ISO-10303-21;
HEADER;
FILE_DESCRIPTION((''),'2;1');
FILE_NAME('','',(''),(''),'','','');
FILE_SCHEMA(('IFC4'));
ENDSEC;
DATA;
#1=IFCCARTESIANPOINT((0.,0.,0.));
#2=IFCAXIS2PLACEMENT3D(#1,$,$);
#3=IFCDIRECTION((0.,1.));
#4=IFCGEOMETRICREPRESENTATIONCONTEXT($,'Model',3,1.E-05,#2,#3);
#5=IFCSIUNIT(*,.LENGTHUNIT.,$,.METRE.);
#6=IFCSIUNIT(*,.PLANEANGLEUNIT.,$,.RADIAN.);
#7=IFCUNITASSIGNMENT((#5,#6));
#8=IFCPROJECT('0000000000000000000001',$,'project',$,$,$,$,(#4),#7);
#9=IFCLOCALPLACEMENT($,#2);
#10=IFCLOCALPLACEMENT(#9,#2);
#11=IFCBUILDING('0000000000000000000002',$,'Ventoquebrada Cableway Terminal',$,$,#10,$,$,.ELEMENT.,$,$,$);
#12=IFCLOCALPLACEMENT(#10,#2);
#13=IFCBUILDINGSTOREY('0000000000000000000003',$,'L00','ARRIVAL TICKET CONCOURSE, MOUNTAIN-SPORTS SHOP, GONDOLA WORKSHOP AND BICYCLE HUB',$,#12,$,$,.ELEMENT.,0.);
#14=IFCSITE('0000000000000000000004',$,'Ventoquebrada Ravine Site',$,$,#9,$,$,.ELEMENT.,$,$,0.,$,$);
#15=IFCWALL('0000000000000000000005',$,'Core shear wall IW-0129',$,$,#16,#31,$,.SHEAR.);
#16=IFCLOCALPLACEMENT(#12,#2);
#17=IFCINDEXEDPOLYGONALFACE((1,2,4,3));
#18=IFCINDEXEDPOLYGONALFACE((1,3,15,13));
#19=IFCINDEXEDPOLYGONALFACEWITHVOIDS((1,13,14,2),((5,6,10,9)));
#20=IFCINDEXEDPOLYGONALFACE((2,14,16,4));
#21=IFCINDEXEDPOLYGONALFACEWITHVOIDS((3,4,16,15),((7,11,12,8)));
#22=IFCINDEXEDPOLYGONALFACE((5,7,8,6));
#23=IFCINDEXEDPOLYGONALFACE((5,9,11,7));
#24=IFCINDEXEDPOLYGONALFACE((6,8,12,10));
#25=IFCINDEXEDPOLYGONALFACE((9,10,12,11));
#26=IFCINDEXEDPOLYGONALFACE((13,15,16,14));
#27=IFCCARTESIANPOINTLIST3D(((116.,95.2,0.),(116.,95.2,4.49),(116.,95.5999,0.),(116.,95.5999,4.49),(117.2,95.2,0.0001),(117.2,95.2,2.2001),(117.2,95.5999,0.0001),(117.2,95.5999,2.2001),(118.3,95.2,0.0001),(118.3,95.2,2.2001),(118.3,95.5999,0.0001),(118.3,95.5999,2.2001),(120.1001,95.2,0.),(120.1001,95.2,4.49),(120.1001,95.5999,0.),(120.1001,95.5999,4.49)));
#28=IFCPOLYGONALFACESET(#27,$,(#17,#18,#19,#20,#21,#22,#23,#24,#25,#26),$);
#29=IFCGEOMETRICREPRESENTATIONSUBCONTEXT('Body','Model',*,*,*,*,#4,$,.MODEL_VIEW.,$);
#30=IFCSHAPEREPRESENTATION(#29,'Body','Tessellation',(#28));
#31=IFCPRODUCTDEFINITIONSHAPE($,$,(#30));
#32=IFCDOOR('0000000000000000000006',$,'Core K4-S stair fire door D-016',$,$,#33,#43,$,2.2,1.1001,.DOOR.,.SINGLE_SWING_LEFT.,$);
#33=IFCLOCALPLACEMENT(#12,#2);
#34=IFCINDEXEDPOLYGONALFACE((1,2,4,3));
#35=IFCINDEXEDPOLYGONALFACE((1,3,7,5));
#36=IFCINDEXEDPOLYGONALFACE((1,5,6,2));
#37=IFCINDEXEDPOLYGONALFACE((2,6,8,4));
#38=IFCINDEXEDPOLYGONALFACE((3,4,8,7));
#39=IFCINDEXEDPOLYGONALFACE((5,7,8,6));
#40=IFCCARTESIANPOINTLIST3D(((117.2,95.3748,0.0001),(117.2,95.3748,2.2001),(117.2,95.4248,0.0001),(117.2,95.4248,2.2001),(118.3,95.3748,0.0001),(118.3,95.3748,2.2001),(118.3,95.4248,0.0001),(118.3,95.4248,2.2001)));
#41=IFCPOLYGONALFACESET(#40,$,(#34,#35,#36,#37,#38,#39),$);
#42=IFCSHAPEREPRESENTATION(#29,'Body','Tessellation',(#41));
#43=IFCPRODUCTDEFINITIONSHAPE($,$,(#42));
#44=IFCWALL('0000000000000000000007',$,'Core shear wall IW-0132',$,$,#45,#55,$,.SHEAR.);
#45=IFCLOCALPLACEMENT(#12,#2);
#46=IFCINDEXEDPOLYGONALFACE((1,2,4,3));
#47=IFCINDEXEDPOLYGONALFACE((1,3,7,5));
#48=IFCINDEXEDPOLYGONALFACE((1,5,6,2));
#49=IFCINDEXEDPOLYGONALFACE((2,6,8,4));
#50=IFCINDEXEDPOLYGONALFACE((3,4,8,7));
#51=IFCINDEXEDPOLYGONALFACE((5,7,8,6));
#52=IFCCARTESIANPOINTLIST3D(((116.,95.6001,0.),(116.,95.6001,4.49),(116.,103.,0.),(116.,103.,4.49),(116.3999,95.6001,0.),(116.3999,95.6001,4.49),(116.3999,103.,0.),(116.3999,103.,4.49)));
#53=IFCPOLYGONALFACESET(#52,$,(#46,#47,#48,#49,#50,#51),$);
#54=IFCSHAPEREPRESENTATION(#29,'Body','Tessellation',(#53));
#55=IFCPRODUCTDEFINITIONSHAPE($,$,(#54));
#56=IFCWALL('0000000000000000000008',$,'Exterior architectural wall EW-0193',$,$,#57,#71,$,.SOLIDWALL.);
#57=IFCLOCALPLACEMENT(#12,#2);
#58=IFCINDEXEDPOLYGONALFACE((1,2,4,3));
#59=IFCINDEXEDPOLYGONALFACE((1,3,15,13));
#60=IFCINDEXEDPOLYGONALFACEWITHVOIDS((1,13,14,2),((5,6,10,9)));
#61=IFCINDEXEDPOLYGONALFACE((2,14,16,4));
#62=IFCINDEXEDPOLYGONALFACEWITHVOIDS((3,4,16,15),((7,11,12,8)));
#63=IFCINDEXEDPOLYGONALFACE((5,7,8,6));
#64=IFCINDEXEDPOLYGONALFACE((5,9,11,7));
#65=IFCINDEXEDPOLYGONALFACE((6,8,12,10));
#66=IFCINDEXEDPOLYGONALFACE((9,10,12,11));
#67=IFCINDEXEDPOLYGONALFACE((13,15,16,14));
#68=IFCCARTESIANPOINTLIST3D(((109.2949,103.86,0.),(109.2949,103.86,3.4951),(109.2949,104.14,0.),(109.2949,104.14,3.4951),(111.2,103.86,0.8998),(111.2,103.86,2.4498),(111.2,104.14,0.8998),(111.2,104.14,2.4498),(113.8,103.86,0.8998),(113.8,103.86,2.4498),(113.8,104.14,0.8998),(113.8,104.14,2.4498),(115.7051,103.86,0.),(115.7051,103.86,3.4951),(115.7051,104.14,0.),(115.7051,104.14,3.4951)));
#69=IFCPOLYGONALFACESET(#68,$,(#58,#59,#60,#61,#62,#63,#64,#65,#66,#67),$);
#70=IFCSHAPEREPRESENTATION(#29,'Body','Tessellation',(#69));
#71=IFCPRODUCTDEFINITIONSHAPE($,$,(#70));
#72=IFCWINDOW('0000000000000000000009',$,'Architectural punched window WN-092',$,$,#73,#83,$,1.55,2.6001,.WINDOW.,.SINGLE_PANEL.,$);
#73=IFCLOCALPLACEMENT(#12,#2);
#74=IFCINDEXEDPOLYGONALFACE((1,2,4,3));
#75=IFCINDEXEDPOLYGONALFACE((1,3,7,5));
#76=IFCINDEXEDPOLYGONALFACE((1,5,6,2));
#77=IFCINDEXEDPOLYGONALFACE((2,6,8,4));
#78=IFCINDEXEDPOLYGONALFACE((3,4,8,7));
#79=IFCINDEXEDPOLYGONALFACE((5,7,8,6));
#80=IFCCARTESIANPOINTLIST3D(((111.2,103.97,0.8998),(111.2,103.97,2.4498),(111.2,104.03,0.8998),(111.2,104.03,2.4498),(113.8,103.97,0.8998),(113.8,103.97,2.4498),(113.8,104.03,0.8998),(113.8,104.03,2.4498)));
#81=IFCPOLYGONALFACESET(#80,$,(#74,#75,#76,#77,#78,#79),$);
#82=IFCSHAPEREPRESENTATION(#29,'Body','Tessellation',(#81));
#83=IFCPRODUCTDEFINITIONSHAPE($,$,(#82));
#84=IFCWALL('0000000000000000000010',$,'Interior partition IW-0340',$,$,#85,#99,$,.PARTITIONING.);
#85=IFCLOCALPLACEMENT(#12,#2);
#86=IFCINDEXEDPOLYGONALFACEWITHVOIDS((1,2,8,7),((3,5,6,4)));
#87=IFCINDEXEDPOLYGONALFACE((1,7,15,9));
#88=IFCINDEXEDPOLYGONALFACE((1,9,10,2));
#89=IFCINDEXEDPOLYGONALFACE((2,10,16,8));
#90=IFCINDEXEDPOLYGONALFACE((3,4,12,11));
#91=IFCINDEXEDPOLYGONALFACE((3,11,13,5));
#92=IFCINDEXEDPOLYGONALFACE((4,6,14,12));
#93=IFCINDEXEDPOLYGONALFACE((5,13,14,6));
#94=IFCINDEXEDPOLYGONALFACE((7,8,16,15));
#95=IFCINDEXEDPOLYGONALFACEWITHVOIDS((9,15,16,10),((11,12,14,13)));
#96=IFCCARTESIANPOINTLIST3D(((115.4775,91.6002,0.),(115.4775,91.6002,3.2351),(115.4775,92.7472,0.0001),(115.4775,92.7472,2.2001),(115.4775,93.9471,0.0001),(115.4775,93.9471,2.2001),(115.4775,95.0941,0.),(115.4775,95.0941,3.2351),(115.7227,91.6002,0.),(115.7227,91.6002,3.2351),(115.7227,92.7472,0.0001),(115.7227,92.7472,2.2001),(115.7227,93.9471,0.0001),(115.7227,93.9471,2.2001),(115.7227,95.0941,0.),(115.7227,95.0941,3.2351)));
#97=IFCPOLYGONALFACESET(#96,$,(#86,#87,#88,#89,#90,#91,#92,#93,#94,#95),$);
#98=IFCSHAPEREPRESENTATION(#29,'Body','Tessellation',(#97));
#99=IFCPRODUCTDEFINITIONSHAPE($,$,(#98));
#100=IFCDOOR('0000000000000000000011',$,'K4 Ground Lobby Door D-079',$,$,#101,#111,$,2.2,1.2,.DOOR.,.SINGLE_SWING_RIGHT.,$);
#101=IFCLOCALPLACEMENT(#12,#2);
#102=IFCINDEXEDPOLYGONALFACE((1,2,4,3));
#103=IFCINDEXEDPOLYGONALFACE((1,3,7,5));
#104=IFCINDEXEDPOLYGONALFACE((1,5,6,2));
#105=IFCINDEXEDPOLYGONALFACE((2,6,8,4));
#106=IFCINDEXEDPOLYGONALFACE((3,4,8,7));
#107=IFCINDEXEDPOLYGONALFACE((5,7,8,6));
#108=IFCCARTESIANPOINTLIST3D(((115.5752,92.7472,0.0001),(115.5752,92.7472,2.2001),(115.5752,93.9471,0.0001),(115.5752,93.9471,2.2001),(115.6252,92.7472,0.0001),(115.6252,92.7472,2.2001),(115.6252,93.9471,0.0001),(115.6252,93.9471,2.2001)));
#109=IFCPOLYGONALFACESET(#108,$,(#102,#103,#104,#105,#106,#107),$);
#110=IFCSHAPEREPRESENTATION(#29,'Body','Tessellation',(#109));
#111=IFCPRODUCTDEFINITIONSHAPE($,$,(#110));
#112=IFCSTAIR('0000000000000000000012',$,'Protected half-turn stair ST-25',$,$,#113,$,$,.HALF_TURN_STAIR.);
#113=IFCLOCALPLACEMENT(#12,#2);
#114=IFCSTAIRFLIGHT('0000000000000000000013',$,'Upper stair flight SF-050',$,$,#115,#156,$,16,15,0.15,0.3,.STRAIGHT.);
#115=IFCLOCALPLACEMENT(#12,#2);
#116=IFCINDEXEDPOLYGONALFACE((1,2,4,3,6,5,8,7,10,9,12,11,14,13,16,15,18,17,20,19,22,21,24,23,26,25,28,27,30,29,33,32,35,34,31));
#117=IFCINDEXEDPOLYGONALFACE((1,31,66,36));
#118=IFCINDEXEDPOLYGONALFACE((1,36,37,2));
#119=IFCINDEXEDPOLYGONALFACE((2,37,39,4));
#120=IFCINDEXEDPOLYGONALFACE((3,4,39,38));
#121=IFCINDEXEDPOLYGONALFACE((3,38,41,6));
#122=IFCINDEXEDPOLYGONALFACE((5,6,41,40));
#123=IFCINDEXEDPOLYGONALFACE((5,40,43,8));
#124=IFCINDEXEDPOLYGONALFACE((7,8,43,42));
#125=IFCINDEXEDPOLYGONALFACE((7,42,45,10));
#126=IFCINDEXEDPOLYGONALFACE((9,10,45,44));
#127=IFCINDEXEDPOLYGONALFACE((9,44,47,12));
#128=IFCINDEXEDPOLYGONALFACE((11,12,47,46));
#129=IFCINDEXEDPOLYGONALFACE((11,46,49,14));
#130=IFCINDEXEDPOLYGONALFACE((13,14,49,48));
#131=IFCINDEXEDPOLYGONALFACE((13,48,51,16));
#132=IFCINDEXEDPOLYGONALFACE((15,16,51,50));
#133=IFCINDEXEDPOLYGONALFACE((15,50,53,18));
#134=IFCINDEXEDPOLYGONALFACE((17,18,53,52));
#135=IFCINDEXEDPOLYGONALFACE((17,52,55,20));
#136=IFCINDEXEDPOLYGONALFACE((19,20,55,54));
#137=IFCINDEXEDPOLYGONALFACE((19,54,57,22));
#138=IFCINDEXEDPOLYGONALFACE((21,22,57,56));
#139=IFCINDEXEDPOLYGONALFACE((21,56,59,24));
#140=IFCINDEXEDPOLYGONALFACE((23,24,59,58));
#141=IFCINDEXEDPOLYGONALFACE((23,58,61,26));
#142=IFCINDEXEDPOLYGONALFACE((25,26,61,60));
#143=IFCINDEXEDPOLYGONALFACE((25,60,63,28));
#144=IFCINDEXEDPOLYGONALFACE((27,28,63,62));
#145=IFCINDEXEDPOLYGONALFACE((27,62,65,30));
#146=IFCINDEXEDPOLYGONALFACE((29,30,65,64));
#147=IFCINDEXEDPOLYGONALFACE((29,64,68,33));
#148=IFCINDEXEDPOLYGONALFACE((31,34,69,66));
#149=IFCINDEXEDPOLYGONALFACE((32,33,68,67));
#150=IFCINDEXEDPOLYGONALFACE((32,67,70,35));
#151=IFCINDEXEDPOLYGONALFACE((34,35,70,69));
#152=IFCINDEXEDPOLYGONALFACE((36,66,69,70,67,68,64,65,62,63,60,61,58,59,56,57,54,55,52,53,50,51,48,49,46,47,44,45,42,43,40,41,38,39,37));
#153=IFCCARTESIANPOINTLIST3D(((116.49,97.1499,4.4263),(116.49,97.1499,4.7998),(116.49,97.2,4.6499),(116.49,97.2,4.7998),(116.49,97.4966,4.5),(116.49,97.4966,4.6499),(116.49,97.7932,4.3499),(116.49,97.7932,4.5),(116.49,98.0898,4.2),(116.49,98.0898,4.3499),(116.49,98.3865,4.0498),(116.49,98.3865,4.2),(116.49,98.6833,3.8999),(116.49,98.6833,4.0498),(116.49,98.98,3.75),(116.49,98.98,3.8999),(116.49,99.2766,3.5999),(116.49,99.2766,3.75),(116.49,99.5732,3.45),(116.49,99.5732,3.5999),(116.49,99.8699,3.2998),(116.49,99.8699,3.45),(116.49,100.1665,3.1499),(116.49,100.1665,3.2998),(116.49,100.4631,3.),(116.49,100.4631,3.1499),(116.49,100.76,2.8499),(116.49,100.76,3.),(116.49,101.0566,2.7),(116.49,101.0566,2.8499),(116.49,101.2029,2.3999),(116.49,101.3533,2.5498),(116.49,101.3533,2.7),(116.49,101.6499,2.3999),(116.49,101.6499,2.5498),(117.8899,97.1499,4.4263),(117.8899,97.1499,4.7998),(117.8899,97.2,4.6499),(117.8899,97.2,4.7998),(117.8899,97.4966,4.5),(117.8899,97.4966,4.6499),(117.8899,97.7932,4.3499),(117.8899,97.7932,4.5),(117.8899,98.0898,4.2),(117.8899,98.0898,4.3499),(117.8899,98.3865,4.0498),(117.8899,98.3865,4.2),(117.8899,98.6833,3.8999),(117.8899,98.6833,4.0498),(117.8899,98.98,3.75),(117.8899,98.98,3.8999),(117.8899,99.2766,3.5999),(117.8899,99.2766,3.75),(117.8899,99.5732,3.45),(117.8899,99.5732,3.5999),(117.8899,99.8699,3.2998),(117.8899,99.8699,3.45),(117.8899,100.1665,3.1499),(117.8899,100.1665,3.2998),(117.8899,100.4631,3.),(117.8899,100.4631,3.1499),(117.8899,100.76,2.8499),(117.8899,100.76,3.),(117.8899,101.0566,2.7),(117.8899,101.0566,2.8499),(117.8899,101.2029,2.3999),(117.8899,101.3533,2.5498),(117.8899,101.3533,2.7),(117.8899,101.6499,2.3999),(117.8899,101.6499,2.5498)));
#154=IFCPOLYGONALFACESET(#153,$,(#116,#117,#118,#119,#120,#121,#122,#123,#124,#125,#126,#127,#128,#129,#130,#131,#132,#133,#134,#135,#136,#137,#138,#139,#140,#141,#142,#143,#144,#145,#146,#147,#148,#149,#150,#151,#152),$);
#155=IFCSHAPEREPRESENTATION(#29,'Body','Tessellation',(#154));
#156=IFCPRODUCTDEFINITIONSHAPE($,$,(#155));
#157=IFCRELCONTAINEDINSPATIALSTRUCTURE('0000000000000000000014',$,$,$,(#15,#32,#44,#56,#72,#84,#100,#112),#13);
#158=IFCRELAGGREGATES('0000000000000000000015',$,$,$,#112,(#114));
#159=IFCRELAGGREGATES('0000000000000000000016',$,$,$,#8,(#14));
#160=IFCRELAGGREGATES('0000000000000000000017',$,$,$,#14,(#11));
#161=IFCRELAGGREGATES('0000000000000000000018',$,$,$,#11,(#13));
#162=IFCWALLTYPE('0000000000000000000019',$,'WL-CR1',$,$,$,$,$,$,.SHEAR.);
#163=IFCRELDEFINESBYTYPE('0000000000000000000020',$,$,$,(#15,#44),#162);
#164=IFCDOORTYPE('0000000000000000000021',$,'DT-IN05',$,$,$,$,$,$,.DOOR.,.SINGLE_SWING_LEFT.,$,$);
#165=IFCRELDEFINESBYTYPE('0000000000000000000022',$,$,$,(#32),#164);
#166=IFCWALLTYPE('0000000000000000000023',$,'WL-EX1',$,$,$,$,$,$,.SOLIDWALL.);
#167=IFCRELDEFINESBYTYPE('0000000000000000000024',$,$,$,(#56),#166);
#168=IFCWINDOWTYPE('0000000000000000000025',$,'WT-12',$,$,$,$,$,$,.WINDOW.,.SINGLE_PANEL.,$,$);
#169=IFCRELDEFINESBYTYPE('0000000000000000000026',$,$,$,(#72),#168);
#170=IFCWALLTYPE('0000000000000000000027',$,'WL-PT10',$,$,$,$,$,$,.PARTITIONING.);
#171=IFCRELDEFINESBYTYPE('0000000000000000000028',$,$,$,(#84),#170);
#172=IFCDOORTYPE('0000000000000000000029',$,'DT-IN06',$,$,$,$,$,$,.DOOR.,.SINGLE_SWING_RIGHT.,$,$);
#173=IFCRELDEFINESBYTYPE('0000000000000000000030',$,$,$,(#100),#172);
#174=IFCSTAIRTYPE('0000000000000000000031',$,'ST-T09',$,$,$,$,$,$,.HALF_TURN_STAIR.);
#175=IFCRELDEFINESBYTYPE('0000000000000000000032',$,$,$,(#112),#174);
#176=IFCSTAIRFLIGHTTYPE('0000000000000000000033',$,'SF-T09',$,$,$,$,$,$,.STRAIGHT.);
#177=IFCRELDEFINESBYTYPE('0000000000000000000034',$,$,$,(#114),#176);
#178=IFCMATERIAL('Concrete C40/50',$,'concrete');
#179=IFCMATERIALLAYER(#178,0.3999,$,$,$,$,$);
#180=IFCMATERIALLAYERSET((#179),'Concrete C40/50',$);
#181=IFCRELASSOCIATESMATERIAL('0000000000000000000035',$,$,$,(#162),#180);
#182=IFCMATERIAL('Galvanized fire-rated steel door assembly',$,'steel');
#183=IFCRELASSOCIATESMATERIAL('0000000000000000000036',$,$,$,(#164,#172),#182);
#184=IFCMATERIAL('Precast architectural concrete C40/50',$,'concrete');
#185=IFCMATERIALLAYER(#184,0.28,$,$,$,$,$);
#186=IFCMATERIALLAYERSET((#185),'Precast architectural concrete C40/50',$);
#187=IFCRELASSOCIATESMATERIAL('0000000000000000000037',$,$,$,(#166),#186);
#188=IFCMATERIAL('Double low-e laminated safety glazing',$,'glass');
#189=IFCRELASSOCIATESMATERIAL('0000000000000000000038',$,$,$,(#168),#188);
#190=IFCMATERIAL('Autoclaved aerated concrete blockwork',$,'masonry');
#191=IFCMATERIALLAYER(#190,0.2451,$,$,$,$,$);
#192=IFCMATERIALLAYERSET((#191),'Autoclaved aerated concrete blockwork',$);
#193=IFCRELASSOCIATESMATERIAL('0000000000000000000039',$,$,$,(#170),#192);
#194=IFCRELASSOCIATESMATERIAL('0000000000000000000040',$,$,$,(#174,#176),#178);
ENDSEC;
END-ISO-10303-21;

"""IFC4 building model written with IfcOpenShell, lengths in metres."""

from ifc_helpers import new_model, si_unit, direction, frame, frame_2d, origin, place, context, subcontext, project, spatial, polyline, rectangle, outline, extrude, material, layer, layer_set, type_object, element, fill, aggregate, save


model = new_model("IFC4")

# Units and contexts
model_context = context("Model", 3, precision=1e-05, world=origin(), true_north=direction((0.0, 1.0)))
body_context = subcontext(model_context, "Body", "Model", "MODEL_VIEW")
ifc_project = project(units=[si_unit("LENGTHUNIT", "METRE"), si_unit("PLANEANGLEUNIT", "RADIAN")], contexts=[model_context])

# Site, building, storey
site_placement = place(None, origin())
site = spatial("IfcSite", under=ifc_project, at=site_placement, Name="Ventoquebrada Ravine Site", CompositionType="ELEMENT", RefElevation=0.0)
building_placement = place(site_placement, origin())
building = spatial("IfcBuilding", under=site, at=building_placement, Name="Ventoquebrada Cableway Terminal", CompositionType="ELEMENT")
storey_placement = place(building_placement, origin())
storey = spatial("IfcBuildingStorey", under=building, at=storey_placement, Name="L00", Description="ARRIVAL TICKET CONCOURSE, MOUNTAIN-SPORTS SHOP, GONDOLA WORKSHOP AND BICYCLE HUB", CompositionType="ELEMENT", Elevation=0.0)

# Shared definitions
ifc_material_1 = material(Name="Concrete C40/50", Category="concrete")

# Wall, opening, door
ifc_layer_1 = layer(ifc_material_1, 0.3999)
ifc_layer_set_1 = layer_set([ifc_layer_1], Name="Concrete C40/50")
wall_type_1 = type_object("IfcWallType", Name="WL-CR1", PredefinedType="SHEAR", material=ifc_layer_set_1)
wall_1_placement = place(storey_placement, frame((116.0, 95.3999, 0.0), z_axis=(0.0, 0.0, 1.0), x_axis=(1.0, 0.0, 0.0)))
wall_1 = element("IfcWall", 1, at=wall_1_placement, inside=storey, type_object=wall_type_1, Name="Core shear wall IW-0129", PredefinedType="SHEAR", context=body_context, shape_type="SweptSolid", body=[
    extrude(rectangle(XDim=4.1001, YDim=0.3999, at=frame_2d((2.05, 0.0))), origin(), (0.0, 0.0, 1.0), 4.49),
])
opening_1_placement = place(wall_1_placement, frame((1.2, 0.0, 0.0)))
opening_1 = element("IfcOpeningElement", 2, at=opening_1_placement, cuts=wall_1, PredefinedType="OPENING", context=body_context, shape_type="SweptSolid", body=[
    extrude(rectangle(XDim=1.1001, YDim=2.2, at=frame_2d((0.55, 1.1001))), frame((0.0, 0.21, 0.0), z_axis=(0.0, -1.0, 0.0), x_axis=(1.0, 0.0, 0.0)), (0.0, 0.0, 1.0), 0.4199),
])
ifc_material_2 = material(Name="Galvanized fire-rated steel door assembly", Category="steel")
door_type_1 = type_object("IfcDoorType", Name="DT-IN05", OperationType="SINGLE_SWING_LEFT", PredefinedType="DOOR", material=ifc_material_2)
door_1_placement = place(opening_1_placement, origin())
door_1 = element("IfcDoor", 3, at=door_1_placement, inside=storey, type_object=door_type_1, Name="Core K4-S stair fire door D-016", OperationType="SINGLE_SWING_LEFT", OverallHeight=2.2, OverallWidth=1.1001, PredefinedType="DOOR", context=body_context, shape_type="SweptSolid", body=[
    extrude(rectangle(XDim=1.1001, YDim=2.2, at=frame_2d((0.55, 1.1001))), frame((0.0, 0.0249, 0.0), z_axis=(0.0, -1.0, 0.0), x_axis=(1.0, 0.0, 0.0)), (0.0, 0.0, 1.0), 0.05),
])
fill(opening_1, door_1)

# Wall
wall_2_placement = place(storey_placement, frame((116.2, 103.0, 0.0), z_axis=(0.0, 0.0, 1.0), x_axis=(0.0, -1.0, 0.0)))
element("IfcWall", 4, at=wall_2_placement, inside=storey, type_object=wall_type_1, Name="Core shear wall IW-0132", PredefinedType="SHEAR", context=body_context, shape_type="SweptSolid", body=[
    extrude(rectangle(XDim=7.3999, YDim=0.3999, at=frame_2d((3.7, 0.0))), origin(), (0.0, 0.0, 1.0), 4.49),
])

# Wall, opening, window
ifc_material_3 = material(Name="Precast architectural concrete C40/50", Category="concrete")
ifc_layer_2 = layer(ifc_material_3, 0.28)
ifc_layer_set_2 = layer_set([ifc_layer_2], Name="Precast architectural concrete C40/50")
wall_type_2 = type_object("IfcWallType", Name="WL-EX1", PredefinedType="SOLIDWALL", material=ifc_layer_set_2)
wall_3_placement = place(storey_placement, frame((115.7051, 104.0, 0.0), z_axis=(0.0, 0.0, 1.0), x_axis=(-1.0, 0.0, 0.0)))
wall_3 = element("IfcWall", 5, at=wall_3_placement, inside=storey, type_object=wall_type_2, Name="Exterior architectural wall EW-0193", PredefinedType="SOLIDWALL", context=body_context, shape_type="SweptSolid", body=[
    extrude(rectangle(XDim=6.4102, YDim=0.28, at=frame_2d((3.2051, 0.0))), origin(), (0.0, 0.0, 1.0), 3.4951),
])
opening_2_placement = place(wall_3_placement, frame((1.905, 0.0, 0.8999)))
opening_2 = element("IfcOpeningElement", 6, at=opening_2_placement, cuts=wall_3, PredefinedType="OPENING", context=body_context, shape_type="SweptSolid", body=[
    extrude(rectangle(XDim=2.6001, YDim=1.55, at=frame_2d((1.3, 0.7749))), frame((0.0, 0.1499, 0.0), z_axis=(0.0, -1.0, 0.0), x_axis=(1.0, 0.0, 0.0)), (0.0, 0.0, 1.0), 0.3),
])
ifc_material_4 = material(Name="Double low-e laminated safety glazing", Category="glass")
window_type = type_object("IfcWindowType", Name="WT-12", PartitioningType="SINGLE_PANEL", PredefinedType="WINDOW", material=ifc_material_4)
window_placement = place(opening_2_placement, origin())
window = element("IfcWindow", 7, at=window_placement, inside=storey, type_object=window_type, Name="Architectural punched window WN-092", OverallHeight=1.55, OverallWidth=2.6001, PartitioningType="SINGLE_PANEL", PredefinedType="WINDOW", context=body_context, shape_type="SweptSolid", body=[
    extrude(rectangle(XDim=2.6001, YDim=1.55, at=frame_2d((1.3, 0.7749))), frame((0.0, 0.03, 0.0), z_axis=(0.0, -1.0, 0.0), x_axis=(1.0, 0.0, 0.0)), (0.0, 0.0, 1.0), 0.0601),
])
fill(opening_2, window)

# Wall, opening, door
ifc_material_5 = material(Name="Autoclaved aerated concrete blockwork", Category="masonry")
ifc_layer_3 = layer(ifc_material_5, 0.2451)
ifc_layer_set_3 = layer_set([ifc_layer_3], Name="Autoclaved aerated concrete blockwork")
wall_type_3 = type_object("IfcWallType", Name="WL-PT10", PredefinedType="PARTITIONING", material=ifc_layer_set_3)
wall_4_placement = place(storey_placement, frame((115.6001, 91.6001, 0.0), z_axis=(0.0, 0.0, 1.0), x_axis=(0.0, 1.0, 0.0)))
wall_4 = element("IfcWall", 8, at=wall_4_placement, inside=storey, type_object=wall_type_3, Name="Interior partition IW-0340", PredefinedType="PARTITIONING", context=body_context, shape_type="SweptSolid", body=[
    extrude(rectangle(XDim=3.4939, YDim=0.2451, at=frame_2d((1.7471, 0.0))), origin(), (0.0, 0.0, 1.0), 3.2351),
])
opening_3_placement = place(wall_4_placement, frame((1.147, 0.0, 0.0)))
opening_3 = element("IfcOpeningElement", 9, at=opening_3_placement, cuts=wall_4, PredefinedType="OPENING", context=body_context, shape_type="SweptSolid", body=[
    extrude(rectangle(XDim=1.2, YDim=2.2, at=frame_2d((0.6001, 1.1001))), frame((0.0, 0.1326, 0.0), z_axis=(0.0, -1.0, 0.0), x_axis=(1.0, 0.0, 0.0)), (0.0, 0.0, 1.0), 0.2651),
])
door_type_2 = type_object("IfcDoorType", Name="DT-IN06", OperationType="SINGLE_SWING_RIGHT", PredefinedType="DOOR", material=ifc_material_2)
door_2_placement = place(opening_3_placement, origin())
door_2 = element("IfcDoor", 10, at=door_2_placement, inside=storey, type_object=door_type_2, Name="K4 Ground Lobby Door D-079", OperationType="SINGLE_SWING_RIGHT", OverallHeight=2.2, OverallWidth=1.2, PredefinedType="DOOR", context=body_context, shape_type="SweptSolid", body=[
    extrude(rectangle(XDim=1.2, YDim=2.2, at=frame_2d((0.6001, 1.1001))), frame((0.0, 0.0249, 0.0), z_axis=(0.0, -1.0, 0.0), x_axis=(1.0, 0.0, 0.0)), (0.0, 0.0, 1.0), 0.05),
])
fill(opening_3, door_2)

# Stair, stair flight
stair_type = type_object("IfcStairType", Name="ST-T09", PredefinedType="HALF_TURN_STAIR", material=ifc_material_1)
stair_placement = place(storey_placement, origin())
stair = element("IfcStair", 11, at=stair_placement, inside=storey, type_object=stair_type, Name="Protected half-turn stair ST-25", PredefinedType="HALF_TURN_STAIR")
stair_flight_type = type_object("IfcStairFlightType", Name="SF-T09", PredefinedType="STRAIGHT", material=ifc_material_1)
stair_flight_placement = place(storey_placement, frame((117.1899, 101.6499, 2.3999), z_axis=(0.0, 0.0, 1.0), x_axis=(0.0, -1.0, 0.0)))
stair_flight = element("IfcStairFlight", 12, at=stair_flight_placement, type_object=stair_flight_type, Name="Upper stair flight SF-050", NumberOfRisers=16, NumberOfTreads=15, PredefinedType="STRAIGHT", RiserHeight=0.15, TreadLength=0.3, context=body_context, shape_type="SweptSolid", body=[
    extrude(outline(polyline([(0.0, 0.0), (0.0, 0.1499), (0.2966, 0.1499), (0.2966, 0.3), (0.5933, 0.3), (0.5933, 0.45), (0.8899, 0.45), (0.8899, 0.6001), (1.1868, 0.6001), (1.1868, 0.75), (1.4834, 0.75), (1.4834, 0.8999), (1.78, 0.8999), (1.78, 1.05), (2.0767, 1.05), (2.0767, 1.2), (2.3733, 1.2), (2.3733, 1.3501), (2.6699, 1.3501), (2.6699, 1.5), (2.9666, 1.5), (2.9666, 1.6499), (3.2634, 1.6499), (3.2634, 1.8), (3.5601, 1.8), (3.5601, 1.95), (3.8567, 1.95), (3.8567, 2.1001), (4.1533, 2.1001), (4.1533, 2.25), (4.45, 2.25), (4.45, 2.3999), (4.5, 2.3999), (4.5, 2.0264), (0.447, 0.0), (0.0, 0.0)])), frame((0.0, 0.7, 0.0), z_axis=(0.0, -1.0, 0.0), x_axis=(1.0, 0.0, 0.0)), (0.0, 0.0, 1.0), 1.3999),
])
aggregate(stair, [stair_flight])

save(model, "model.ifc")
